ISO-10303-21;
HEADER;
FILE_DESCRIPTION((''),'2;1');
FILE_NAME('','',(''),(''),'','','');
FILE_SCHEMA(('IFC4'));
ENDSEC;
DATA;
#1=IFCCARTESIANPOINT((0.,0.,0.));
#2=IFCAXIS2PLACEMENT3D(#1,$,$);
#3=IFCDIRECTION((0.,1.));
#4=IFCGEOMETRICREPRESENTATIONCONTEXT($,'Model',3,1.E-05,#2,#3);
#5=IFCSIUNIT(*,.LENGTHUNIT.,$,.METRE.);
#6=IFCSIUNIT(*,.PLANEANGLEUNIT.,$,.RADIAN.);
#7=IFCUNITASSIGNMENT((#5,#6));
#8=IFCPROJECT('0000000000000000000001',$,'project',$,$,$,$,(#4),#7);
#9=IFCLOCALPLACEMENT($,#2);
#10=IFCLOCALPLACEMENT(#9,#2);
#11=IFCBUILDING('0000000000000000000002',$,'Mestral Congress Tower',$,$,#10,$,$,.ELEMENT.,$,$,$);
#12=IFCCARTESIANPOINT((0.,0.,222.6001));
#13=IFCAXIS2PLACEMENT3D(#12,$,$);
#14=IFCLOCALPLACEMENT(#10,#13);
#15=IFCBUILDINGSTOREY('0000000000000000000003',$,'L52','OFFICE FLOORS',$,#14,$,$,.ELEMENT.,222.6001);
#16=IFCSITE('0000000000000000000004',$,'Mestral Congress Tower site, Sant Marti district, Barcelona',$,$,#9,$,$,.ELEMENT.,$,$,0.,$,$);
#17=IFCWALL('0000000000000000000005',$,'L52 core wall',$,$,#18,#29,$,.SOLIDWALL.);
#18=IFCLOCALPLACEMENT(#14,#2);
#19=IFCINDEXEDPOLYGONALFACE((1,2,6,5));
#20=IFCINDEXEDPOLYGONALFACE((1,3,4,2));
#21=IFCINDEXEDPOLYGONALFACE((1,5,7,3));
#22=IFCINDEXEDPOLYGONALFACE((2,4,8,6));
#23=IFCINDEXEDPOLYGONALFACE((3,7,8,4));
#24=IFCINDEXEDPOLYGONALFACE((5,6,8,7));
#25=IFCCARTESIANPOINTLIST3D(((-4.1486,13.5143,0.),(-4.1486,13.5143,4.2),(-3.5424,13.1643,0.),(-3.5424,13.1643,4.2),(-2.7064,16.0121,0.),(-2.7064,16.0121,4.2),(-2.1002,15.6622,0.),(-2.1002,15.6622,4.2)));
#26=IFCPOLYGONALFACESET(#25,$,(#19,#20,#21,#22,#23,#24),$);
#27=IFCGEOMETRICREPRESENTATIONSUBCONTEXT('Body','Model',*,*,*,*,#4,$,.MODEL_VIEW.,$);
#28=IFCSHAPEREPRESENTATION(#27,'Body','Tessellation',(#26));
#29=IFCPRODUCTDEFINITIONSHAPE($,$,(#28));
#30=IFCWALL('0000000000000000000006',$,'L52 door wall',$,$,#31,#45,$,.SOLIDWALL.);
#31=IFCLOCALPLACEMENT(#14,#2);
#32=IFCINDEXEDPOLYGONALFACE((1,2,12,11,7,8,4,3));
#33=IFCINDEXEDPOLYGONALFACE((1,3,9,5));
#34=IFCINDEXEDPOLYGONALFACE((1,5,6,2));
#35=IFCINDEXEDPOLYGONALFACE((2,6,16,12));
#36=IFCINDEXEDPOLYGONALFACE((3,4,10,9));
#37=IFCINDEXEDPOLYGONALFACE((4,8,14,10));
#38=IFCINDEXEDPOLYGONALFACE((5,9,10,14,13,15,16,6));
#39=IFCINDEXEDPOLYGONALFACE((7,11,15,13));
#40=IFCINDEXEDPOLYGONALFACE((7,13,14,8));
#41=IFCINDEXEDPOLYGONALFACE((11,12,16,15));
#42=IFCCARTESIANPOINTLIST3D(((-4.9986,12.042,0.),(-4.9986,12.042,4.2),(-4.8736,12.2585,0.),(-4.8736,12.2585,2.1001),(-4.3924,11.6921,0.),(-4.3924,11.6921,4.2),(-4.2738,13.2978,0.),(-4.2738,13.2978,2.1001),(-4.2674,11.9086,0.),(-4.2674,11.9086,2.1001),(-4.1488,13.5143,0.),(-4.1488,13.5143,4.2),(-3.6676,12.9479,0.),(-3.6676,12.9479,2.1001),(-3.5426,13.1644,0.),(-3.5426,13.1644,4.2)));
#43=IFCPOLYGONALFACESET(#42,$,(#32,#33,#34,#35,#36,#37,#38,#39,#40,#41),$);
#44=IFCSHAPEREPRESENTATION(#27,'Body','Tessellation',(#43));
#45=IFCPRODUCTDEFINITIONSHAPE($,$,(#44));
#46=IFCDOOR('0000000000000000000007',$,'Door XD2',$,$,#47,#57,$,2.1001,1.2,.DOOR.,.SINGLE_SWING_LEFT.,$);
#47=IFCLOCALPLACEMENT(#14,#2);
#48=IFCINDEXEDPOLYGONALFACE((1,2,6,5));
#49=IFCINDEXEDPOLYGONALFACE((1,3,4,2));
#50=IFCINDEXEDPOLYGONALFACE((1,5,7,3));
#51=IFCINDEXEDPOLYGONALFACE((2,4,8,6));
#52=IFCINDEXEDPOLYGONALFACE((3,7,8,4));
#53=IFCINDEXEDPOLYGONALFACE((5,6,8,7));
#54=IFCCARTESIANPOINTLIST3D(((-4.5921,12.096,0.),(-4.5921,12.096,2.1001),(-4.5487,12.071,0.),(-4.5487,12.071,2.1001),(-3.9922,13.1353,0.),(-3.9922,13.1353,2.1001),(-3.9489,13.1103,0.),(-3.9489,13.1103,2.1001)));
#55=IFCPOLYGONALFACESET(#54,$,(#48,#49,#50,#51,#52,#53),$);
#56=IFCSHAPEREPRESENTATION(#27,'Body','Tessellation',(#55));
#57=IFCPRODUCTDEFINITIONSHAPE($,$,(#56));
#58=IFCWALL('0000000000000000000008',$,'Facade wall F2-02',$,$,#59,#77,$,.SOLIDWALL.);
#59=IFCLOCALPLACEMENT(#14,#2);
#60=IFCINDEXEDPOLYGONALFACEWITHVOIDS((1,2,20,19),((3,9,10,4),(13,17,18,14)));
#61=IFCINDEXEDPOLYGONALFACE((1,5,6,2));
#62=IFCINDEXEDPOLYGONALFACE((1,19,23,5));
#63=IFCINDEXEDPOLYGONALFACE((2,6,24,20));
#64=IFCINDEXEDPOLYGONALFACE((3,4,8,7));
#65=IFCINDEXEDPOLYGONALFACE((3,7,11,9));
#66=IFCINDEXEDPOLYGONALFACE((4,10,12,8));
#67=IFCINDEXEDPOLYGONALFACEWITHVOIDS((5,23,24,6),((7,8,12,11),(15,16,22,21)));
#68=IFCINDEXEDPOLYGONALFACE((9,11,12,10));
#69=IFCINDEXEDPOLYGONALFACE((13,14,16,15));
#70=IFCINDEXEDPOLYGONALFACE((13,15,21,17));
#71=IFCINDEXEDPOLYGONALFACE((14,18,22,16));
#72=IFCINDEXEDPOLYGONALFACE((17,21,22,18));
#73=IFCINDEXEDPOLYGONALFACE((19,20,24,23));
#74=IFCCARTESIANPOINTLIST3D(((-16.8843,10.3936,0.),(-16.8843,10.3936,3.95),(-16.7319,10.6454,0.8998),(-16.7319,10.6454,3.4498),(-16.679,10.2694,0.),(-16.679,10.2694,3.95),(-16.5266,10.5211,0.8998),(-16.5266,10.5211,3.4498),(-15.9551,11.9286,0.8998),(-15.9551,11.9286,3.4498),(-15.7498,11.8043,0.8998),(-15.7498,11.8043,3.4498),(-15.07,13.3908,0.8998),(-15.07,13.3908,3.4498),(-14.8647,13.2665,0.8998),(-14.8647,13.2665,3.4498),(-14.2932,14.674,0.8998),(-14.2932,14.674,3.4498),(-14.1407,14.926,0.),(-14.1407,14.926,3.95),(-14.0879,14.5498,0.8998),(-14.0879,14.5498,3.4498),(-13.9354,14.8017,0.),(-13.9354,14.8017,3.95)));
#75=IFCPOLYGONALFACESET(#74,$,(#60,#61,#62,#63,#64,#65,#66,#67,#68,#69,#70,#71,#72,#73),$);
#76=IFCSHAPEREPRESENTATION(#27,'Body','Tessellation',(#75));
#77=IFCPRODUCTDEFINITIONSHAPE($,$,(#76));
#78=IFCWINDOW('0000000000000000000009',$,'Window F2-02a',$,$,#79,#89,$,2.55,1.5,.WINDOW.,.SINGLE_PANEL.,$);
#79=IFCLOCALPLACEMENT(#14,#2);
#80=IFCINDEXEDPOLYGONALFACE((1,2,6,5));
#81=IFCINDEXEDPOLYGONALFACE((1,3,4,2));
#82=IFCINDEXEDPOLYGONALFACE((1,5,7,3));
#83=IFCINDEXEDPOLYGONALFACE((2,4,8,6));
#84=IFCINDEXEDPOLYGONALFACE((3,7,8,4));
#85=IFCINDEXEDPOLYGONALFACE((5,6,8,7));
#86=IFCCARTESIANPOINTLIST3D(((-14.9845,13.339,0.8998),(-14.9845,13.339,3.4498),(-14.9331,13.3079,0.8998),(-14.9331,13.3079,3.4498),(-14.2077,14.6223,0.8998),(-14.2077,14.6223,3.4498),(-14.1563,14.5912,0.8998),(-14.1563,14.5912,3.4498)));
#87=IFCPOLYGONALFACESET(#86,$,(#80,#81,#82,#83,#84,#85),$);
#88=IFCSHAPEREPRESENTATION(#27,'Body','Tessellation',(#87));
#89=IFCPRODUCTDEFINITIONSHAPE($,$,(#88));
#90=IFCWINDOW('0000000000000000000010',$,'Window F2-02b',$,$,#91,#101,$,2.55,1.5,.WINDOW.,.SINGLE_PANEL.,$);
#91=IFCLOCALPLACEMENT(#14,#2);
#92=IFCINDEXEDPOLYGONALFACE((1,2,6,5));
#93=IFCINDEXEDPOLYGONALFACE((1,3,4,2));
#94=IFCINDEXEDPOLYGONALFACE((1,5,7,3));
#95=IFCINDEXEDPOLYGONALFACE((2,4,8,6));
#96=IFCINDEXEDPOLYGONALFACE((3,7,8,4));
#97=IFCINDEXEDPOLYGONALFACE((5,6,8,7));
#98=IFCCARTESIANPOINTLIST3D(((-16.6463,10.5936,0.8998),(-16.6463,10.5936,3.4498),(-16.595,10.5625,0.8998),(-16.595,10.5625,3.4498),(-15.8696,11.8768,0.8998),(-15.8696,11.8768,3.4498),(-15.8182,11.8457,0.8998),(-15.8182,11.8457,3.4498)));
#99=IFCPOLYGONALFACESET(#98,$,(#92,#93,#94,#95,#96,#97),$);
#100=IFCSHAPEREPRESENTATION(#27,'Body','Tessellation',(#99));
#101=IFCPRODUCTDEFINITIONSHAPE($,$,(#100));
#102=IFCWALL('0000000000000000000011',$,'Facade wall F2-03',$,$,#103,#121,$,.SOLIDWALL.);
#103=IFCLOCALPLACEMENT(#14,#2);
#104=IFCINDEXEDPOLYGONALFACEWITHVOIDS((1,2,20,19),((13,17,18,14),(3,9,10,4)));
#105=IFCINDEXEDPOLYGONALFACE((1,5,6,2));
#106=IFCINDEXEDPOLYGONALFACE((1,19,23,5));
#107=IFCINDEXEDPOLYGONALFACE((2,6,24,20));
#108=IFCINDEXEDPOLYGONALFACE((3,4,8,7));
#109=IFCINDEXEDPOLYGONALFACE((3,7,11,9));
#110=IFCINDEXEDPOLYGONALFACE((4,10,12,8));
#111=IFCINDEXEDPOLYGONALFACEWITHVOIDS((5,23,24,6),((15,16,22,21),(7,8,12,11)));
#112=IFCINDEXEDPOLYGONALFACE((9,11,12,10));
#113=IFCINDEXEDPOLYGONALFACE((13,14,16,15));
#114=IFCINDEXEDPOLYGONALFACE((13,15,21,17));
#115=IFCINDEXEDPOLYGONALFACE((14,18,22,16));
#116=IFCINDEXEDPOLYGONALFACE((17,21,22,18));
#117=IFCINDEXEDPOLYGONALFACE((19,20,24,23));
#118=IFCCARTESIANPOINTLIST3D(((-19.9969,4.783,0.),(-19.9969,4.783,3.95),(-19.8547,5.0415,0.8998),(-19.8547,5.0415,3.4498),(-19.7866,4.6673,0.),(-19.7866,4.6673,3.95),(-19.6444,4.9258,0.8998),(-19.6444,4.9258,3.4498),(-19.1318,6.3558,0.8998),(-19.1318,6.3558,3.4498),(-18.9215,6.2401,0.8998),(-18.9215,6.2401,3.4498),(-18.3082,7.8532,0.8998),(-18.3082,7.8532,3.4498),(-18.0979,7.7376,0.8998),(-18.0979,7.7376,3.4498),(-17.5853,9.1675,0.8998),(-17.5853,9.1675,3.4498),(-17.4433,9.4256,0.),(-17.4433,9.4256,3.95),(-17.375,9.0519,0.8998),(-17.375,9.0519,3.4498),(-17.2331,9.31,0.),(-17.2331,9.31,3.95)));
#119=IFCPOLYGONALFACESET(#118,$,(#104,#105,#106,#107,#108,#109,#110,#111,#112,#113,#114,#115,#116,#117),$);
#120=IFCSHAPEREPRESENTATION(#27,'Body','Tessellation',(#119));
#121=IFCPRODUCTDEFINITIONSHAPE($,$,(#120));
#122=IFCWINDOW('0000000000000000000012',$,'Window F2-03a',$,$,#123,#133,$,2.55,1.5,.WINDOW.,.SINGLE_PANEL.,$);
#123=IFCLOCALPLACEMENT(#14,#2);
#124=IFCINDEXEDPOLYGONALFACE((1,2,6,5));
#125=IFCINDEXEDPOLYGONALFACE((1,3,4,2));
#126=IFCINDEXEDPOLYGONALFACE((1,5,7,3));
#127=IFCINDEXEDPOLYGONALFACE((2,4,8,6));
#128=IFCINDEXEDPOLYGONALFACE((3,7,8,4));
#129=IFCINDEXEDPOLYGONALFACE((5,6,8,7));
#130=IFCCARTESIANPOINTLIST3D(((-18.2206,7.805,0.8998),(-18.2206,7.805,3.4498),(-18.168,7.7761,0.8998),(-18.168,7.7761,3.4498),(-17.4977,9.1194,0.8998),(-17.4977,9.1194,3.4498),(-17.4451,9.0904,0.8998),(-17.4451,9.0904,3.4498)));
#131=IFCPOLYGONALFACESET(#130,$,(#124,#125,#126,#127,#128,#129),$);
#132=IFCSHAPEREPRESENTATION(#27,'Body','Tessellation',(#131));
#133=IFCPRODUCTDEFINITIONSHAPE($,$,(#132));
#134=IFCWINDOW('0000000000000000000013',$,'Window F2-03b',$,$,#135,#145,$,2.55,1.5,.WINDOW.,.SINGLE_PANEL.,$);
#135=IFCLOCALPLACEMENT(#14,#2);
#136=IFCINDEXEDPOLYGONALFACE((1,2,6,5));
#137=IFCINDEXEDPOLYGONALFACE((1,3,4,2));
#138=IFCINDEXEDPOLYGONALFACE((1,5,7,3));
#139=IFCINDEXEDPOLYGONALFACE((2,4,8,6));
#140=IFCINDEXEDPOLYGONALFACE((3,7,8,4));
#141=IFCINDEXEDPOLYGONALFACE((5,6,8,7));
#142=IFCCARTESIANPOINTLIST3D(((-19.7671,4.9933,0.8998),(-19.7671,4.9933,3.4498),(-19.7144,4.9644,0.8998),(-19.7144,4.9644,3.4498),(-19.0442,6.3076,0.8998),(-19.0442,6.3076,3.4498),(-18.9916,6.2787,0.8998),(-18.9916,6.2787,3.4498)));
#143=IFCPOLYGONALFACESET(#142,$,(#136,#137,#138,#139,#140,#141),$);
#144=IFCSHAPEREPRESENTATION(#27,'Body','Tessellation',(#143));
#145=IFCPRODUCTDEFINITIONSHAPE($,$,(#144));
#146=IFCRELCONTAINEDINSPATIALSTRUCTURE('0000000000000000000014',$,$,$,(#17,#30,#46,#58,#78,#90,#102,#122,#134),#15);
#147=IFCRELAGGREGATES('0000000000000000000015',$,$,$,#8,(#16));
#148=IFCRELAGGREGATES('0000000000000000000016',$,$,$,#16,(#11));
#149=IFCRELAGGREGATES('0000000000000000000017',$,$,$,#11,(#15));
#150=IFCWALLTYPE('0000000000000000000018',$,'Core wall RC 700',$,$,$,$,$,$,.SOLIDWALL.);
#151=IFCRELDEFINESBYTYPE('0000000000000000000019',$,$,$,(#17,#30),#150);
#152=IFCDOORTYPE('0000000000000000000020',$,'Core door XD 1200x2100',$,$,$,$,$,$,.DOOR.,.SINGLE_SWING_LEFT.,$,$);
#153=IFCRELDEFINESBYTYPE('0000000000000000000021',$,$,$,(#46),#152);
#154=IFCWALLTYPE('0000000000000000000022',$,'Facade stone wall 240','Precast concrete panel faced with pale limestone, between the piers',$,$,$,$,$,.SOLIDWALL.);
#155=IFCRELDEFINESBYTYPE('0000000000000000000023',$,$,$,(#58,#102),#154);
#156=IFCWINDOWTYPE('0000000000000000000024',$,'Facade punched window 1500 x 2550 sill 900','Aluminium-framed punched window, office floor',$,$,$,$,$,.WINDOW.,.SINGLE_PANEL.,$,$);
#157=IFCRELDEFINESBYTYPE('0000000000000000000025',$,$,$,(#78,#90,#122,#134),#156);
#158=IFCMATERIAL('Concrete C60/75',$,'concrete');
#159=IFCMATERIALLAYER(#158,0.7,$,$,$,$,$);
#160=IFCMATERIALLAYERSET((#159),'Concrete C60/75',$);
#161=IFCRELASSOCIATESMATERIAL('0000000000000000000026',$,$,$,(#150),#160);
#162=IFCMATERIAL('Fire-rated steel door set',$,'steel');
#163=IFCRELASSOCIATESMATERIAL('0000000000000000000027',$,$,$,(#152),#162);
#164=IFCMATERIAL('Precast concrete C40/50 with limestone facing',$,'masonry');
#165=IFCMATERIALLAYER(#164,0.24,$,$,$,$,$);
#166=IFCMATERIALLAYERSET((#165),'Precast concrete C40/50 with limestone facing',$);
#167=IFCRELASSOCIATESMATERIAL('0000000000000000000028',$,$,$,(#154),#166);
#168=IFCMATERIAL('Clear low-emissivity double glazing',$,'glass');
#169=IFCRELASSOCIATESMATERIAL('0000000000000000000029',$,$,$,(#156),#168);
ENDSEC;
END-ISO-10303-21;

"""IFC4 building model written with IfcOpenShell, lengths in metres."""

from ifc_helpers import new_model, si_unit, direction, frame, frame_2d, origin, place, context, subcontext, project, spatial, rectangle, extrude, material, layer, layer_set, type_object, element, fill, save


model = new_model("IFC4")

# Units and contexts
model_context = context("Model", 3, precision=1e-05, world=origin(), true_north=direction((0.0, 1.0)))
body_context = subcontext(model_context, "Body", "Model", "MODEL_VIEW")
ifc_project = project(units=[si_unit("LENGTHUNIT", "METRE"), si_unit("PLANEANGLEUNIT", "RADIAN")], contexts=[model_context])

# Site, building, storey
site_placement = place(None, origin())
site = spatial("IfcSite", under=ifc_project, at=site_placement, Name="Mestral Congress Tower site, Sant Marti district, Barcelona", CompositionType="ELEMENT", RefElevation=0.0)
building_placement = place(site_placement, origin())
building = spatial("IfcBuilding", under=site, at=building_placement, Name="Mestral Congress Tower", CompositionType="ELEMENT")
storey_placement = place(building_placement, frame((0.0, 0.0, 222.6001)))
storey = spatial("IfcBuildingStorey", under=building, at=storey_placement, Name="L52", Description="OFFICE FLOORS", CompositionType="ELEMENT", Elevation=222.6001)

# Shared definitions
ifc_material_1 = material(Name="Concrete C60/75", Category="concrete")

# Wall
ifc_layer_1 = layer(ifc_material_1, 0.7)
ifc_layer_set_1 = layer_set([ifc_layer_1], Name="Concrete C60/75")
wall_type_1 = type_object("IfcWallType", Name="Core wall RC 700", PredefinedType="SOLIDWALL", material=ifc_layer_set_1)
wall_1_placement = place(storey_placement, frame((-2.4033, 15.8372, 0.0), z_axis=(0.0, 0.0, 1.0), x_axis=(-0.500008, -0.866021, 0.0)))
element("IfcWall", 1, at=wall_1_placement, inside=storey, type_object=wall_type_1, Name="L52 core wall", PredefinedType="SOLIDWALL", context=body_context, shape_type="SweptSolid", body=[
    extrude(rectangle(XDim=2.8843, YDim=0.7, at=frame_2d((1.4421, 0.0))), origin(), (0.0, 0.0, 1.0), 4.2),
])

# Wall, opening, door
wall_2_placement = place(storey_placement, frame((-4.6956, 11.8669, 0.0), z_axis=(0.0, 0.0, 1.0), x_axis=(0.499892, 0.866088, 0.0)))
wall_2 = element("IfcWall", 2, at=wall_2_placement, inside=storey, type_object=wall_type_1, Name="L52 door wall", PredefinedType="SOLIDWALL", context=body_context, shape_type="SweptSolid", body=[
    extrude(rectangle(XDim=1.7, YDim=0.7, at=frame_2d((0.8501, 0.0))), origin(), (0.0, 0.0, 1.0), 4.2),
])
opening_1_placement = place(wall_2_placement, frame((0.25, 0.0, 0.0)))
opening_1 = element("IfcOpeningElement", 3, at=opening_1_placement, cuts=wall_2, PredefinedType="OPENING", context=body_context, shape_type="SweptSolid", body=[
    extrude(rectangle(XDim=1.2, YDim=2.1001, at=frame_2d((0.6001, 1.05))), frame((0.0, 0.3599, 0.0), z_axis=(0.0, -1.0, 0.0), x_axis=(1.0, 0.0, 0.0)), (0.0, 0.0, 1.0), 0.72),
])
ifc_material_2 = material(Name="Fire-rated steel door set", Category="steel")
door_type_1 = type_object("IfcDoorType", Name="Core door XD 1200x2100", OperationType="SINGLE_SWING_LEFT", PredefinedType="DOOR", material=ifc_material_2)
door_1_placement = place(opening_1_placement, origin())
door_1 = element("IfcDoor", 4, at=door_1_placement, inside=storey, type_object=door_type_1, Name="Door XD2", OperationType="SINGLE_SWING_LEFT", OverallHeight=2.1001, OverallWidth=1.2, PredefinedType="DOOR", context=body_context, shape_type="SweptSolid", body=[
    extrude(rectangle(XDim=1.2, YDim=2.1001, at=frame_2d((0.6001, 1.05))), frame((0.0, 0.0249, 0.0), z_axis=(0.0, -1.0, 0.0), x_axis=(1.0, 0.0, 0.0)), (0.0, 0.0, 1.0), 0.05),
])
fill(opening_1, door_1)

# Walls, openings, windows
ifc_material_3 = material(Name="Precast concrete C40/50 with limestone facing", Category="masonry")
ifc_layer_2 = layer(ifc_material_3, 0.24)
ifc_layer_set_2 = layer_set([ifc_layer_2], Name="Precast concrete C40/50 with limestone facing")
wall_type_2 = type_object("IfcWallType", Name="Facade stone wall 240", Description="Precast concrete panel faced with pale limestone, between the piers", PredefinedType="SOLIDWALL", material=ifc_layer_set_2)
wall_3_placement = place(storey_placement, frame((-14.0381, 14.8638, 0.0), z_axis=(0.0, 0.0, 1.0), x_axis=(-0.517846, -0.855474, 0.0)))
wall_3 = element("IfcWall", 5, at=wall_3_placement, inside=storey, type_object=wall_type_2, Name="Facade wall F2-02", PredefinedType="SOLIDWALL", context=body_context, shape_type="SweptSolid", body=[
    extrude(rectangle(XDim=5.2981, YDim=0.24, at=frame_2d((2.6489, 0.0))), origin(), (0.0, 0.0, 1.0), 3.95),
])
opening_2_placement = place(wall_3_placement, frame((0.2944, 0.0, 0.8999)))
opening_2 = element("IfcOpeningElement", 6, at=opening_2_placement, cuts=wall_3, PredefinedType="OPENING", context=body_context, shape_type="SweptSolid", body=[
    extrude(rectangle(XDim=1.5, YDim=2.55, at=frame_2d((0.75, 1.2749))), frame((0.0, 0.1299, 0.0), z_axis=(0.0, -1.0, 0.0), x_axis=(1.0, 0.0, 0.0)), (0.0, 0.0, 1.0), 0.26),
])
opening_3_placement = place(wall_3_placement, frame((3.5037, 0.0, 0.8999)))
opening_3 = element("IfcOpeningElement", 7, at=opening_3_placement, cuts=wall_3, PredefinedType="OPENING", context=body_context, shape_type="SweptSolid", body=[
    extrude(rectangle(XDim=1.5, YDim=2.55, at=frame_2d((0.75, 1.2749))), frame((0.0, 0.1299, 0.0), z_axis=(0.0, -1.0, 0.0), x_axis=(1.0, 0.0, 0.0)), (0.0, 0.0, 1.0), 0.26),
])
ifc_material_4 = material(Name="Clear low-emissivity double glazing", Category="glass")
window_type = type_object("IfcWindowType", Name="Facade punched window 1500 x 2550 sill 900", Description="Aluminium-framed punched window, office floor", PartitioningType="SINGLE_PANEL", PredefinedType="WINDOW", material=ifc_material_4)
window_1_placement = place(opening_2_placement, origin())
window_1 = element("IfcWindow", 8, at=window_1_placement, inside=storey, type_object=window_type, Name="Window F2-02a", OverallHeight=2.55, OverallWidth=1.5, PartitioningType="SINGLE_PANEL", PredefinedType="WINDOW", context=body_context, shape_type="SweptSolid", body=[
    extrude(rectangle(XDim=1.5, YDim=2.55, at=frame_2d((0.75, 1.2749))), frame((0.0, 0.04, 0.0), z_axis=(0.0, -1.0, 0.0), x_axis=(1.0, 0.0, 0.0)), (0.0, 0.0, 1.0), 0.0601),
])
fill(opening_2, window_1)
window_2_placement = place(opening_3_placement, origin())
window_2 = element("IfcWindow", 9, at=window_2_placement, inside=storey, type_object=window_type, Name="Window F2-02b", OverallHeight=2.55, OverallWidth=1.5, PartitioningType="SINGLE_PANEL", PredefinedType="WINDOW", context=body_context, shape_type="SweptSolid", body=[
    extrude(rectangle(XDim=1.5, YDim=2.55, at=frame_2d((0.75, 1.2749))), frame((0.0, 0.04, 0.0), z_axis=(0.0, -1.0, 0.0), x_axis=(1.0, 0.0, 0.0)), (0.0, 0.0, 1.0), 0.0601),
])
fill(opening_3, window_2)
wall_4_placement = place(storey_placement, frame((-17.3381, 9.3679, 0.0), z_axis=(0.0, 0.0, 1.0), x_axis=(-0.481926, -0.876212, 0.0)))
wall_4 = element("IfcWall", 10, at=wall_4_placement, inside=storey, type_object=wall_type_2, Name="Facade wall F2-03", PredefinedType="SOLIDWALL", context=body_context, shape_type="SweptSolid", body=[
    extrude(rectangle(XDim=5.2986, YDim=0.24, at=frame_2d((2.6494, 0.0))), origin(), (0.0, 0.0, 1.0), 3.95),
])
opening_4_placement = place(wall_4_placement, frame((0.2947, 0.0, 0.8999)))
opening_4 = element("IfcOpeningElement", 11, at=opening_4_placement, cuts=wall_4, PredefinedType="OPENING", context=body_context, shape_type="SweptSolid", body=[
    extrude(rectangle(XDim=1.5, YDim=2.55, at=frame_2d((0.75, 1.2749))), frame((0.0, 0.1299, 0.0), z_axis=(0.0, -1.0, 0.0), x_axis=(1.0, 0.0, 0.0)), (0.0, 0.0, 1.0), 0.26),
])
opening_5_placement = place(wall_4_placement, frame((3.5037, 0.0, 0.8999)))
opening_5 = element("IfcOpeningElement", 12, at=opening_5_placement, cuts=wall_4, PredefinedType="OPENING", context=body_context, shape_type="SweptSolid", body=[
    extrude(rectangle(XDim=1.5, YDim=2.55, at=frame_2d((0.75, 1.2749))), frame((0.0, 0.1299, 0.0), z_axis=(0.0, -1.0, 0.0), x_axis=(1.0, 0.0, 0.0)), (0.0, 0.0, 1.0), 0.26),
])
window_3_placement = place(opening_4_placement, origin())
window_3 = element("IfcWindow", 13, at=window_3_placement, inside=storey, type_object=window_type, Name="Window F2-03a", OverallHeight=2.55, OverallWidth=1.5, PartitioningType="SINGLE_PANEL", PredefinedType="WINDOW", context=body_context, shape_type="SweptSolid", body=[
    extrude(rectangle(XDim=1.5, YDim=2.55, at=frame_2d((0.75, 1.2749))), frame((0.0, 0.04, 0.0), z_axis=(0.0, -1.0, 0.0), x_axis=(1.0, 0.0, 0.0)), (0.0, 0.0, 1.0), 0.0601),
])
fill(opening_4, window_3)
window_4_placement = place(opening_5_placement, origin())
window_4 = element("IfcWindow", 14, at=window_4_placement, inside=storey, type_object=window_type, Name="Window F2-03b", OverallHeight=2.55, OverallWidth=1.5, PartitioningType="SINGLE_PANEL", PredefinedType="WINDOW", context=body_context, shape_type="SweptSolid", body=[
    extrude(rectangle(XDim=1.5, YDim=2.55, at=frame_2d((0.75, 1.2749))), frame((0.0, 0.04, 0.0), z_axis=(0.0, -1.0, 0.0), x_axis=(1.0, 0.0, 0.0)), (0.0, 0.0, 1.0), 0.0601),
])
fill(opening_5, window_4)

save(model, "model.ifc")
